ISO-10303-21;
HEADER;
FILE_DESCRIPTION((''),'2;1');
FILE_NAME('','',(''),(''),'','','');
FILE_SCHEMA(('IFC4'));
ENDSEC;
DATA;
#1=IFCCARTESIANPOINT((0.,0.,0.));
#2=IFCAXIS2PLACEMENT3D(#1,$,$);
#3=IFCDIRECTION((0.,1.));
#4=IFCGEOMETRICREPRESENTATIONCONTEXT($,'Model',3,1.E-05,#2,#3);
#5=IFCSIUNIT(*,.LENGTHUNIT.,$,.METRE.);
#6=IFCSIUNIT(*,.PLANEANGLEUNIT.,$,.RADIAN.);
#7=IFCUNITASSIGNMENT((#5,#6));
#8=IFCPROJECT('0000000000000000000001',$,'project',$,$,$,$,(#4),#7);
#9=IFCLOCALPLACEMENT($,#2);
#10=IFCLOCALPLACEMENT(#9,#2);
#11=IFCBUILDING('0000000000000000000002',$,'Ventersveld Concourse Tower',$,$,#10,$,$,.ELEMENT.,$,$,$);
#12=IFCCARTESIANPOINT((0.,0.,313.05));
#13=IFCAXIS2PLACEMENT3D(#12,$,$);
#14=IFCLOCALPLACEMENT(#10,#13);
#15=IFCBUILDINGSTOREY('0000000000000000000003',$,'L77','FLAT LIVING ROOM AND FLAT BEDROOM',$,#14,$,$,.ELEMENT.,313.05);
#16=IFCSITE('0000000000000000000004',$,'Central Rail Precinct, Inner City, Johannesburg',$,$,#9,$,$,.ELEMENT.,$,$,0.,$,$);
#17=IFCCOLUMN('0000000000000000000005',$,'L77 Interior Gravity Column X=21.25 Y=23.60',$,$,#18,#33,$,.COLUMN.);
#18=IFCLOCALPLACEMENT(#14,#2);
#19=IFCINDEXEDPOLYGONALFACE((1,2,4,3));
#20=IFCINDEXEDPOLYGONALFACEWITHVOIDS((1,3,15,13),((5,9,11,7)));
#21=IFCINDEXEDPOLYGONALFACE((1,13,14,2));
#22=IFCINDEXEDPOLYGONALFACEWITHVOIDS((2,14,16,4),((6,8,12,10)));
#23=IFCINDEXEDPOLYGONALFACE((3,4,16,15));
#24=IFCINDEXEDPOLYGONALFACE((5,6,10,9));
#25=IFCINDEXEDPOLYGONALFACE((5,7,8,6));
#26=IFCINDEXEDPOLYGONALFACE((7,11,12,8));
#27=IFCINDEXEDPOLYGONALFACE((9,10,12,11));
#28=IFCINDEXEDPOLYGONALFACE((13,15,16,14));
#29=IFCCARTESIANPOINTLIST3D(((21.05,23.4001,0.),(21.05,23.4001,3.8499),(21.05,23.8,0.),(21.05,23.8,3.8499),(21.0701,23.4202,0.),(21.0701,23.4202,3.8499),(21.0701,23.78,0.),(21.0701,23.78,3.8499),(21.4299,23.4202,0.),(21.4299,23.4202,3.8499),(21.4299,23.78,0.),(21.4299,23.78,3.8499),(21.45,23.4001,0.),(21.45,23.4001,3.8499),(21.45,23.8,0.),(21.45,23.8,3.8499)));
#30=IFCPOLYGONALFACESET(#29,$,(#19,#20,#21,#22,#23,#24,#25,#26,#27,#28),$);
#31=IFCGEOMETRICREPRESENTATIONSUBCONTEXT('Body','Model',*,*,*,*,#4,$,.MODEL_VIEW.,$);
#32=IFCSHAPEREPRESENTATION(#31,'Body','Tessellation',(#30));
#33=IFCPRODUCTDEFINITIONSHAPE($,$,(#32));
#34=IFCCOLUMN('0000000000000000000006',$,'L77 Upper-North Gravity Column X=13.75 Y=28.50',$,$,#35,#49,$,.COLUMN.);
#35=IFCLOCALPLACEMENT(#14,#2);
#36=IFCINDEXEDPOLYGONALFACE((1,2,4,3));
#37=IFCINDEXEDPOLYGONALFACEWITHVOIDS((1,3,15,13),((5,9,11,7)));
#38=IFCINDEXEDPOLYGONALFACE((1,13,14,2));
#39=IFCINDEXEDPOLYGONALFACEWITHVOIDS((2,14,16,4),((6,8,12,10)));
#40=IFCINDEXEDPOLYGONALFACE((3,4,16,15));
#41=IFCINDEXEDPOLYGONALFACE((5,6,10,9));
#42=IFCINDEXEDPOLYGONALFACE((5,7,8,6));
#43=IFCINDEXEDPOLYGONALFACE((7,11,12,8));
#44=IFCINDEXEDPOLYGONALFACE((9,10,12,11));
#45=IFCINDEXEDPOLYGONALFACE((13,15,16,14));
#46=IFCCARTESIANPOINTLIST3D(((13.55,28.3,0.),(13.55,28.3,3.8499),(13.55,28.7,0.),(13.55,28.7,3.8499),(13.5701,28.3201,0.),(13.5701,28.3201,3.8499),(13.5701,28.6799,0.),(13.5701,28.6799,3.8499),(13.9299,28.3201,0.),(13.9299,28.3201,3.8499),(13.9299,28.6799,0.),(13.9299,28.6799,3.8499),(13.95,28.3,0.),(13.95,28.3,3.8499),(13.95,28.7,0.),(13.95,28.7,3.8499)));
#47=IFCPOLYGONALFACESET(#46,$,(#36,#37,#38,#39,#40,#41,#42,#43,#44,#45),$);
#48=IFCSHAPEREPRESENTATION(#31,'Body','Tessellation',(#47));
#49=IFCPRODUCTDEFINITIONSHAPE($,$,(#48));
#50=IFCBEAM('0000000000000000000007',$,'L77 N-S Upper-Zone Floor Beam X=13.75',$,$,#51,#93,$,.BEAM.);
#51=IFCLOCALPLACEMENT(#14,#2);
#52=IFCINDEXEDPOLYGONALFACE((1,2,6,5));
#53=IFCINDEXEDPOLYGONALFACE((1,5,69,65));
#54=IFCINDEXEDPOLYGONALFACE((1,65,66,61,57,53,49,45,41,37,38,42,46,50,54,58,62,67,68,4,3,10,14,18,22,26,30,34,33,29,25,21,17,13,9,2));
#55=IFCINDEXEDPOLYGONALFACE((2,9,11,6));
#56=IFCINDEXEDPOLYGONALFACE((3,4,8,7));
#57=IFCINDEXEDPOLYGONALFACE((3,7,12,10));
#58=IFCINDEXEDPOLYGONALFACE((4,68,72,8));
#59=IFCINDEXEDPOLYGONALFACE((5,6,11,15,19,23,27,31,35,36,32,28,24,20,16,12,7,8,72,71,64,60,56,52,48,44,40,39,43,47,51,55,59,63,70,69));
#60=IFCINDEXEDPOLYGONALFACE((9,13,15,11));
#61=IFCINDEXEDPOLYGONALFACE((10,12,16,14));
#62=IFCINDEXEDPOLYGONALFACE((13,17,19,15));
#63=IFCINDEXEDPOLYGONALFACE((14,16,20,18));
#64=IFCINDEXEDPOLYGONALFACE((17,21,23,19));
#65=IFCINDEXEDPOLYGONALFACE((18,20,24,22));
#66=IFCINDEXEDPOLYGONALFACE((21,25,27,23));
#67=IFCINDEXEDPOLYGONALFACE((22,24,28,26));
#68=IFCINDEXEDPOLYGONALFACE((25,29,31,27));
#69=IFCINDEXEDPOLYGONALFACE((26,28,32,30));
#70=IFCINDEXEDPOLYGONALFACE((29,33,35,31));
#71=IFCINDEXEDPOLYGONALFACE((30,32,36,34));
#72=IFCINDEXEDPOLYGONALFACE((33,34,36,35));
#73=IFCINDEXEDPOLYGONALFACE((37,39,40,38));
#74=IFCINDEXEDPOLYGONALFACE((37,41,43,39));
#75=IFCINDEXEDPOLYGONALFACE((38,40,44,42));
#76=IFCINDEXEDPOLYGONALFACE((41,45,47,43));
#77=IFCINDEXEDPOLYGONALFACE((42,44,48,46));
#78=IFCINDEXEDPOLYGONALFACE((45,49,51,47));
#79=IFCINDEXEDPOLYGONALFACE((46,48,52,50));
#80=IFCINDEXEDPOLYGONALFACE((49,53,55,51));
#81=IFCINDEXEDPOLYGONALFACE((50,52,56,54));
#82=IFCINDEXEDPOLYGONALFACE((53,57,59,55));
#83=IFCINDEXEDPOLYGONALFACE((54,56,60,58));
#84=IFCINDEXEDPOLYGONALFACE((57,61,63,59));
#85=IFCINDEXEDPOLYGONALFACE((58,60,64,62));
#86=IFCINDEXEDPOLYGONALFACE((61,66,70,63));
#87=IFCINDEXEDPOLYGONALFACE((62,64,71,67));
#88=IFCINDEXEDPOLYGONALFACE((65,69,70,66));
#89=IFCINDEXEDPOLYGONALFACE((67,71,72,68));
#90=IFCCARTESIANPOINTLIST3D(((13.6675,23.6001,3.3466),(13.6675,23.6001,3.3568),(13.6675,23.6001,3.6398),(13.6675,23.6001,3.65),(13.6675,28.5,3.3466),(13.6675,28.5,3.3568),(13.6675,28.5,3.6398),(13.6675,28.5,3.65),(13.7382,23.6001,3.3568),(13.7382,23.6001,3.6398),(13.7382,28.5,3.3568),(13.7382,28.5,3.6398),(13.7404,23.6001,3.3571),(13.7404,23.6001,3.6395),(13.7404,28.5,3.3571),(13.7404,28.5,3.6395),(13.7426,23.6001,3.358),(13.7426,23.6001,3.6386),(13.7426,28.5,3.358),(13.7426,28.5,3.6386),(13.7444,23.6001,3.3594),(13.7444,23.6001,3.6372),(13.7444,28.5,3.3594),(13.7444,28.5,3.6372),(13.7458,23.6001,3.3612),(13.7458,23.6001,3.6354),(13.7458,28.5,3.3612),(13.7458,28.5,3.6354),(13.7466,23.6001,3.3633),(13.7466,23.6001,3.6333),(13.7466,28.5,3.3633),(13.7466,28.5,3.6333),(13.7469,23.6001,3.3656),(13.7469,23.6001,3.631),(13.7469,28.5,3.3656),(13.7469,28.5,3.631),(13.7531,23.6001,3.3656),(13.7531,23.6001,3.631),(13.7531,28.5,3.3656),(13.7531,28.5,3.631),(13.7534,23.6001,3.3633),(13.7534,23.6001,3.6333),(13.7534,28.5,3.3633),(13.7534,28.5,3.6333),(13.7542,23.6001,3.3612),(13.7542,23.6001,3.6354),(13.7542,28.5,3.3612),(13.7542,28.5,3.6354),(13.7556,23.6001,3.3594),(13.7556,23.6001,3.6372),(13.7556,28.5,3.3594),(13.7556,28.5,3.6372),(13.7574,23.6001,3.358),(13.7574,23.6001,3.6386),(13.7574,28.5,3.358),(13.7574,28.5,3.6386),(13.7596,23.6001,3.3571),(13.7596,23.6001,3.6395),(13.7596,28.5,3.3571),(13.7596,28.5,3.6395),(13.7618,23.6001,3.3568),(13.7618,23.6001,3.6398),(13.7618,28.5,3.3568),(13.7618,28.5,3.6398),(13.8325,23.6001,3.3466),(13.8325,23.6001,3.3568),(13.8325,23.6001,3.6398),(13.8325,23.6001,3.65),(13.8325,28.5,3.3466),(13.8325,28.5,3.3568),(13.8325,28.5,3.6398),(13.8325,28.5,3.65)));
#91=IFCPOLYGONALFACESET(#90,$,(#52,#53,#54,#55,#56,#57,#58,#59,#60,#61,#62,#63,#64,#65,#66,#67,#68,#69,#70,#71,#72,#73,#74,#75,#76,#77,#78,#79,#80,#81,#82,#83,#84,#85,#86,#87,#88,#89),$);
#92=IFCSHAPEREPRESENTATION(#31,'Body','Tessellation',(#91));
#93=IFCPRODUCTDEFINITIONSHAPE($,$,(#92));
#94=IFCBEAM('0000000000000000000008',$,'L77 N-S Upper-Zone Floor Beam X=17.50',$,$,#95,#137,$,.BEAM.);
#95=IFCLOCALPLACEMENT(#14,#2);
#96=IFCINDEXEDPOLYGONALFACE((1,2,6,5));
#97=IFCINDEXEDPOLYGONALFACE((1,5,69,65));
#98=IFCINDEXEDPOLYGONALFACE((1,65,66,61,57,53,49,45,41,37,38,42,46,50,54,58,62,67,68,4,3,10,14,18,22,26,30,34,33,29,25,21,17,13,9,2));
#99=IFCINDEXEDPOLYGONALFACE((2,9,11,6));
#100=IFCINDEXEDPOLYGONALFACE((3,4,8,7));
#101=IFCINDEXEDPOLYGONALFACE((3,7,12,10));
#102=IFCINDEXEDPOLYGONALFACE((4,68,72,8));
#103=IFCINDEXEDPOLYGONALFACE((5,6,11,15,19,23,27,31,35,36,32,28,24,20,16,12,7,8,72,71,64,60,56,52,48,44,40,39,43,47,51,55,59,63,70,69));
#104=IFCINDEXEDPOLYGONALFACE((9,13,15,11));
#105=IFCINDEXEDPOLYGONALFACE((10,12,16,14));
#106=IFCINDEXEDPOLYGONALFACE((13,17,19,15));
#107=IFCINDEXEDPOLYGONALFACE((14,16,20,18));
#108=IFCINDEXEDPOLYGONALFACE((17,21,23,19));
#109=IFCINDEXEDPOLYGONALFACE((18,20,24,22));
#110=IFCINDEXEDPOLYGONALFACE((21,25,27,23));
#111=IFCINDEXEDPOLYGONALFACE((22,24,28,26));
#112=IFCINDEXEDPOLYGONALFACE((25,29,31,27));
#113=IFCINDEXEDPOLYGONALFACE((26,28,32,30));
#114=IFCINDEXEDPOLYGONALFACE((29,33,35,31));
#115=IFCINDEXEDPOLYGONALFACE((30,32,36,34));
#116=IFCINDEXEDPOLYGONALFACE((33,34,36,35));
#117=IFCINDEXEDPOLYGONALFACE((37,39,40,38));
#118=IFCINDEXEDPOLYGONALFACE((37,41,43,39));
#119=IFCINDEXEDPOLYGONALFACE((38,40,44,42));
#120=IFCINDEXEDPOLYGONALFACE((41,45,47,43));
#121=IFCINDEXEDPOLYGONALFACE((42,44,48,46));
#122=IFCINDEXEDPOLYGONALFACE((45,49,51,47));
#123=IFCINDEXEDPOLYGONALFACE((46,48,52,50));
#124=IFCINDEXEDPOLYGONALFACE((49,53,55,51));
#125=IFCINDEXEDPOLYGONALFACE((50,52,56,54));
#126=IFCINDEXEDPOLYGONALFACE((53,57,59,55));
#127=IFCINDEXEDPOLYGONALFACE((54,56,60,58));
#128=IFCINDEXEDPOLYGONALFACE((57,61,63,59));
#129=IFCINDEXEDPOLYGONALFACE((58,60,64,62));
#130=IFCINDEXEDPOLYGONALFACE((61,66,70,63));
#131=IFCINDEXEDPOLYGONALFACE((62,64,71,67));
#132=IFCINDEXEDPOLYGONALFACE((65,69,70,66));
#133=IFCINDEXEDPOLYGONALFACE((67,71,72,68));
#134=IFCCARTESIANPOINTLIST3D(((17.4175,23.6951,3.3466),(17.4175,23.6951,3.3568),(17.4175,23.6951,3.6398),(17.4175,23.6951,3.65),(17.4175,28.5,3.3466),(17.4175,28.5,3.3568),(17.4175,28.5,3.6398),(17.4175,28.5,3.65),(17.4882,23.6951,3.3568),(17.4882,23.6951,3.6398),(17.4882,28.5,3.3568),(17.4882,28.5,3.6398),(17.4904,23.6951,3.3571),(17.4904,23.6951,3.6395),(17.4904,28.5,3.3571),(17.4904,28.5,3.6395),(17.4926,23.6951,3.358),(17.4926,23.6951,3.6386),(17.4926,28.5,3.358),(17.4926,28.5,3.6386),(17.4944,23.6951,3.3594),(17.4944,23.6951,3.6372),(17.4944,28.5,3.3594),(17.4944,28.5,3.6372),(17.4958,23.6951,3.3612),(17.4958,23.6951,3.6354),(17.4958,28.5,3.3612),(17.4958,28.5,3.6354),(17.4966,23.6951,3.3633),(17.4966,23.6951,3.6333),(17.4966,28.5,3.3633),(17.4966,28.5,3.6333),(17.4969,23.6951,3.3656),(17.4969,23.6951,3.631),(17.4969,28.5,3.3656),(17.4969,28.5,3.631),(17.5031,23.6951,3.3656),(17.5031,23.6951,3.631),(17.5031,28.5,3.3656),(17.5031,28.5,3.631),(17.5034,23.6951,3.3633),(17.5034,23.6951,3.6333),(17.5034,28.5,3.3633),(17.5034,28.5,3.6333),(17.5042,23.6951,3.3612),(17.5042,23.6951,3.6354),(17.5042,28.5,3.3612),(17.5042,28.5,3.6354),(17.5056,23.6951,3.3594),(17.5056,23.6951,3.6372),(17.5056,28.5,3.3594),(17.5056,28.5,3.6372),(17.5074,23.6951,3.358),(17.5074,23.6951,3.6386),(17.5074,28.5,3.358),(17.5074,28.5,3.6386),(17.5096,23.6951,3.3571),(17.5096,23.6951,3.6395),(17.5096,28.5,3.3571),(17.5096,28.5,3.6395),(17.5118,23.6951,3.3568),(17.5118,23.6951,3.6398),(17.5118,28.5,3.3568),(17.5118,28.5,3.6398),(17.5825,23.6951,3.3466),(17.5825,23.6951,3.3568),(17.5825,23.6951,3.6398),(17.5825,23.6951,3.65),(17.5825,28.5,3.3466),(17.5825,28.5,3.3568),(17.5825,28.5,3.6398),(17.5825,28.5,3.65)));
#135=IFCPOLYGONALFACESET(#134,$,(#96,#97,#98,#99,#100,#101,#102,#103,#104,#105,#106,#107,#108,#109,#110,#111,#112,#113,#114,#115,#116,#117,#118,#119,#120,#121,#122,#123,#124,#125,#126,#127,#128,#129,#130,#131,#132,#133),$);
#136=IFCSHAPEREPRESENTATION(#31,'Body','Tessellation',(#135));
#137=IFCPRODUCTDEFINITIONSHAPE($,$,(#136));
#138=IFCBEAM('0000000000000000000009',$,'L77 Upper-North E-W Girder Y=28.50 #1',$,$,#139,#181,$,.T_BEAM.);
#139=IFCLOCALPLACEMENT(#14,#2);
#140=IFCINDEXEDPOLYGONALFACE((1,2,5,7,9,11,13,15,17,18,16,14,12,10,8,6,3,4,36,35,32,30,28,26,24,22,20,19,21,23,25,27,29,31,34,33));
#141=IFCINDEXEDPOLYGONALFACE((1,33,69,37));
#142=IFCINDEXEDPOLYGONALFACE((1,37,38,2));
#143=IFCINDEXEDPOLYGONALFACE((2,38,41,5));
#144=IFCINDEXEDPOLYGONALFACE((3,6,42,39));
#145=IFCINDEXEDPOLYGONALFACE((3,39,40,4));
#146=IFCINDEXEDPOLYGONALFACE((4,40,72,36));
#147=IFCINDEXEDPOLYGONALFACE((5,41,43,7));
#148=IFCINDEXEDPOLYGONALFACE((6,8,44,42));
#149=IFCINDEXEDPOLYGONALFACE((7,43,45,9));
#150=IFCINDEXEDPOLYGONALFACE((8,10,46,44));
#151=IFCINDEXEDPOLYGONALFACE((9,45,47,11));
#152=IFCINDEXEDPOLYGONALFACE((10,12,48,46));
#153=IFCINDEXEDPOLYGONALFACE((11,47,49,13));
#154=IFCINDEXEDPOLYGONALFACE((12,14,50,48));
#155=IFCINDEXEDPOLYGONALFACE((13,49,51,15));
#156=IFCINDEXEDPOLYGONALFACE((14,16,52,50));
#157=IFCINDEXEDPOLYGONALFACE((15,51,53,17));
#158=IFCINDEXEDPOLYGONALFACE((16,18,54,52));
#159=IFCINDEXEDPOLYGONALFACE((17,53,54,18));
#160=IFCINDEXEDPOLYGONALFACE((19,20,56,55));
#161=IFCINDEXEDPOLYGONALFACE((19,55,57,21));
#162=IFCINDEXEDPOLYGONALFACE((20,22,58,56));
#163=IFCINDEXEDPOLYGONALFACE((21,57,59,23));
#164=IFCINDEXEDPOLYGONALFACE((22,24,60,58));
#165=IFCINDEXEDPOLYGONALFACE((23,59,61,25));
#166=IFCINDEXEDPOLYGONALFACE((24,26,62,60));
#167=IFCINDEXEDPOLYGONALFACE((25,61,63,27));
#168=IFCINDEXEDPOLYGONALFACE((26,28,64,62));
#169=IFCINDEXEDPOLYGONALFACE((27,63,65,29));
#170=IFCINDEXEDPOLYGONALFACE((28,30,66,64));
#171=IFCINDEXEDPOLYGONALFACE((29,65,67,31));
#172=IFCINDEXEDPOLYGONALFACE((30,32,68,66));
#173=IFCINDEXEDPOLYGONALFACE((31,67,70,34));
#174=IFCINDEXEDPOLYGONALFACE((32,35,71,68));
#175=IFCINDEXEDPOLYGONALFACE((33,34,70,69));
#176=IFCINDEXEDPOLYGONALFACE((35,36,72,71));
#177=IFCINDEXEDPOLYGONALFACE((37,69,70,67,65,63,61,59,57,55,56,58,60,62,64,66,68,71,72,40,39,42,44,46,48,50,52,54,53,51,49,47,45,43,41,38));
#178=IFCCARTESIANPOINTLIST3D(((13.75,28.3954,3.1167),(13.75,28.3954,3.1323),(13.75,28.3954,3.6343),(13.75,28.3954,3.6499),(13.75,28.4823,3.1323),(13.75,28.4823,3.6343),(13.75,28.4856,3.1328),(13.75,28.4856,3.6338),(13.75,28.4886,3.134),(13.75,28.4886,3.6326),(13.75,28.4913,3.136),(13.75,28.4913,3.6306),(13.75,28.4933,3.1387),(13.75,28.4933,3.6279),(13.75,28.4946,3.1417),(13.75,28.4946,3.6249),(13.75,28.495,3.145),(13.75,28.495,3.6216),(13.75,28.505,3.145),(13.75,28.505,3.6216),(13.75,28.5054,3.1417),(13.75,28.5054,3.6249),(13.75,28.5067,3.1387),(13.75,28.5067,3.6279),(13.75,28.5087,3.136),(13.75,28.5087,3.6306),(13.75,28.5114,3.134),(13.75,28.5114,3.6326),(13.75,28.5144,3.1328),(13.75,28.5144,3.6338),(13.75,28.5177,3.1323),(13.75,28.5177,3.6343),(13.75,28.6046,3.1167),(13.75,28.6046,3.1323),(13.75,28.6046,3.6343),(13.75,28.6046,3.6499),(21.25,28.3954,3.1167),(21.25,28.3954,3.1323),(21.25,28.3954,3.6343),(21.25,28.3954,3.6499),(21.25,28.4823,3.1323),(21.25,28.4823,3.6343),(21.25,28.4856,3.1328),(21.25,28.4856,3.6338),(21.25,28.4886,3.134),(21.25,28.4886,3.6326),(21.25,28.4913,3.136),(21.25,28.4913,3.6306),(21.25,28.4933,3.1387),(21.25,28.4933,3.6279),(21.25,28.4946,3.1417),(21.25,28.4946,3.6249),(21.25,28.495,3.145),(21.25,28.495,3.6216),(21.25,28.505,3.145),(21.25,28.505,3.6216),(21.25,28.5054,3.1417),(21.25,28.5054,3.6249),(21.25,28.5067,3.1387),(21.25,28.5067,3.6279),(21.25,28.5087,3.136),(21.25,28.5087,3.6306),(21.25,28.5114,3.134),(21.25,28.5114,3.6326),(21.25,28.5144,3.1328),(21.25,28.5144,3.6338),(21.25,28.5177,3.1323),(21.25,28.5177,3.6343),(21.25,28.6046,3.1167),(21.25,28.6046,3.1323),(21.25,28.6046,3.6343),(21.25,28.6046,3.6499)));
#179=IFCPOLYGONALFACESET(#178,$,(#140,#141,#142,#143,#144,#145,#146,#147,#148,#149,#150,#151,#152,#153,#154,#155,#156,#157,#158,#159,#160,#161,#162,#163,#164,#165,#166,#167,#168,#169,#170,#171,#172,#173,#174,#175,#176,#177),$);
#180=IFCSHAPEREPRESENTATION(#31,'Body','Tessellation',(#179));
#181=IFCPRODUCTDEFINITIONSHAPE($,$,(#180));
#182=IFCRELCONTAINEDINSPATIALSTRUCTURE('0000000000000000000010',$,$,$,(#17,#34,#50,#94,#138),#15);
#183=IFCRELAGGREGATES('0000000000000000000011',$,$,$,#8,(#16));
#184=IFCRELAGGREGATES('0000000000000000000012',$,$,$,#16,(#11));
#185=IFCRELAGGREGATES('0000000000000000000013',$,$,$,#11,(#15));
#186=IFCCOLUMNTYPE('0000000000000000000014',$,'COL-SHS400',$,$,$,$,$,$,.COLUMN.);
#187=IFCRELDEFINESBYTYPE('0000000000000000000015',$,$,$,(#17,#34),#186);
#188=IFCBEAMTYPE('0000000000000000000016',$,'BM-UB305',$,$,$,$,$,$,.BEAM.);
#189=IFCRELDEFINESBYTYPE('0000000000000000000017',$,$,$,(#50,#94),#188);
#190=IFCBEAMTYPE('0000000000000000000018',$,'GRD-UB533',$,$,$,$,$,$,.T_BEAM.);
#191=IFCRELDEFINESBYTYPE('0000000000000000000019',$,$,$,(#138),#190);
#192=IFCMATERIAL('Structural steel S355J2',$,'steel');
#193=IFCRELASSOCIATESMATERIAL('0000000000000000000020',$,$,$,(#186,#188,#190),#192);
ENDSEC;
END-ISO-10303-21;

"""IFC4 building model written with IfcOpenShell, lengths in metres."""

from ifc_helpers import new_model, si_unit, direction, frame, origin, origin_2d, place, context, subcontext, project, spatial, hollow_rectangle, i_section, extrude, material, material_profile, profile_set, type_object, element, save


model = new_model("IFC4")

# Units and contexts
model_context = context("Model", 3, precision=1e-05, world=origin(), true_north=direction((0.0, 1.0)))
body_context = subcontext(model_context, "Body", "Model", "MODEL_VIEW")
ifc_project = project(units=[si_unit("LENGTHUNIT", "METRE"), si_unit("PLANEANGLEUNIT", "RADIAN")], contexts=[model_context])

# Site, building, storey
site_placement = place(None, origin())
site = spatial("IfcSite", under=ifc_project, at=site_placement, Name="Central Rail Precinct, Inner City, Johannesburg", CompositionType="ELEMENT", RefElevation=0.0)
building_placement = place(site_placement, origin())
building = spatial("IfcBuilding", under=site, at=building_placement, Name="Ventersveld Concourse Tower", CompositionType="ELEMENT")
storey_placement = place(building_placement, frame((0.0, 0.0, 313.05)))
storey = spatial("IfcBuildingStorey", under=building, at=storey_placement, Name="L77", Description="FLAT LIVING ROOM AND FLAT BEDROOM", CompositionType="ELEMENT", Elevation=313.05)

# Columns
ifc_material_1 = material(Name="Structural steel S355J2", Category="steel")
ifc_material_profile_1 = material_profile(ifc_material_1, hollow_rectangle(XDim=0.3999, YDim=0.3999, WallThickness=0.02, at=origin_2d()), Name="SHS 400x400x20")
ifc_profile_set_1 = profile_set([ifc_material_profile_1], Name="Structural steel S355J2")
column_type = type_object("IfcColumnType", Name="COL-SHS400", PredefinedType="COLUMN", material=ifc_profile_set_1)
for number, where, z_axis, x_axis, name in (
    (1, (21.25, 23.6001, 0.0), (0.0, 0.0, 1.0), (1.0, 0.0, 0.0), "L77 Interior Gravity Column X=21.25 Y=23.60"),
    (2, (13.75, 28.5, 0.0), (0.0, 0.0, 1.0), (1.0, 0.0, 0.0), "L77 Upper-North Gravity Column X=13.75 Y=28.50"),
):
    element("IfcColumn", number, at=place(storey_placement, frame(where, z_axis=z_axis, x_axis=x_axis)), inside=storey, type_object=column_type, Name=name, PredefinedType="COLUMN", context=body_context, shape_type="SweptSolid", body=[
        extrude(hollow_rectangle(XDim=0.3999, YDim=0.3999, WallThickness=0.02, at=origin_2d()), origin(), (0.0, 0.0, 1.0), 3.8499),
    ])

# Beams
ifc_material_profile_2 = material_profile(ifc_material_1, i_section(OverallWidth=0.165, OverallDepth=0.3035, WebThickness=0.0061, FlangeThickness=0.0103, FilletRadius=0.0088, at=origin_2d()), Name="UB 305x165x40")
ifc_profile_set_2 = profile_set([ifc_material_profile_2], Name="Structural steel S355J2")
beam_type_1 = type_object("IfcBeamType", Name="BM-UB305", PredefinedType="BEAM", material=ifc_profile_set_2)
beam_1_placement = place(storey_placement, frame((13.75, 23.6001, 3.4983), z_axis=(0.0, 1.0, 0.0), x_axis=(-1.0, 0.0, 0.0)))
element("IfcBeam", 3, at=beam_1_placement, inside=storey, type_object=beam_type_1, Name="L77 N-S Upper-Zone Floor Beam X=13.75", PredefinedType="BEAM", context=body_context, shape_type="SweptSolid", body=[
    extrude(i_section(OverallWidth=0.165, OverallDepth=0.3035, WebThickness=0.0061, FlangeThickness=0.0103, FilletRadius=0.0088, at=origin_2d()), origin(), (0.0, 0.0, 1.0), 4.8999),
])
beam_2_placement = place(storey_placement, frame((17.5, 23.6951, 3.4983), z_axis=(0.0, 1.0, 0.0), x_axis=(-1.0, 0.0, 0.0)))
element("IfcBeam", 4, at=beam_2_placement, inside=storey, type_object=beam_type_1, Name="L77 N-S Upper-Zone Floor Beam X=17.50", PredefinedType="BEAM", context=body_context, shape_type="SweptSolid", body=[
    extrude(i_section(OverallWidth=0.165, OverallDepth=0.3035, WebThickness=0.0061, FlangeThickness=0.0103, FilletRadius=0.0088, at=origin_2d()), origin(), (0.0, 0.0, 1.0), 4.8049),
])
ifc_material_profile_3 = material_profile(ifc_material_1, i_section(OverallWidth=0.2092, OverallDepth=0.5332, WebThickness=0.01, FlangeThickness=0.0156, FilletRadius=0.0127, at=origin_2d()), Name="UB 533x210x92")
ifc_profile_set_3 = profile_set([ifc_material_profile_3], Name="Structural steel S355J2")
beam_type_2 = type_object("IfcBeamType", Name="GRD-UB533", PredefinedType="T_BEAM", material=ifc_profile_set_3)
beam_3_placement = place(storey_placement, frame((13.75, 28.5, 3.3833), z_axis=(1.0, 0.0, 0.0), x_axis=(0.0, 1.0, 0.0)))
element("IfcBeam", 5, at=beam_3_placement, inside=storey, type_object=beam_type_2, Name="L77 Upper-North E-W Girder Y=28.50 #1", PredefinedType="T_BEAM", context=body_context, shape_type="SweptSolid", body=[
    extrude(i_section(OverallWidth=0.2092, OverallDepth=0.5332, WebThickness=0.01, FlangeThickness=0.0156, FilletRadius=0.0127, at=origin_2d()), origin(), (0.0, 0.0, 1.0), 7.5),
])

save(model, "model.ifc")
